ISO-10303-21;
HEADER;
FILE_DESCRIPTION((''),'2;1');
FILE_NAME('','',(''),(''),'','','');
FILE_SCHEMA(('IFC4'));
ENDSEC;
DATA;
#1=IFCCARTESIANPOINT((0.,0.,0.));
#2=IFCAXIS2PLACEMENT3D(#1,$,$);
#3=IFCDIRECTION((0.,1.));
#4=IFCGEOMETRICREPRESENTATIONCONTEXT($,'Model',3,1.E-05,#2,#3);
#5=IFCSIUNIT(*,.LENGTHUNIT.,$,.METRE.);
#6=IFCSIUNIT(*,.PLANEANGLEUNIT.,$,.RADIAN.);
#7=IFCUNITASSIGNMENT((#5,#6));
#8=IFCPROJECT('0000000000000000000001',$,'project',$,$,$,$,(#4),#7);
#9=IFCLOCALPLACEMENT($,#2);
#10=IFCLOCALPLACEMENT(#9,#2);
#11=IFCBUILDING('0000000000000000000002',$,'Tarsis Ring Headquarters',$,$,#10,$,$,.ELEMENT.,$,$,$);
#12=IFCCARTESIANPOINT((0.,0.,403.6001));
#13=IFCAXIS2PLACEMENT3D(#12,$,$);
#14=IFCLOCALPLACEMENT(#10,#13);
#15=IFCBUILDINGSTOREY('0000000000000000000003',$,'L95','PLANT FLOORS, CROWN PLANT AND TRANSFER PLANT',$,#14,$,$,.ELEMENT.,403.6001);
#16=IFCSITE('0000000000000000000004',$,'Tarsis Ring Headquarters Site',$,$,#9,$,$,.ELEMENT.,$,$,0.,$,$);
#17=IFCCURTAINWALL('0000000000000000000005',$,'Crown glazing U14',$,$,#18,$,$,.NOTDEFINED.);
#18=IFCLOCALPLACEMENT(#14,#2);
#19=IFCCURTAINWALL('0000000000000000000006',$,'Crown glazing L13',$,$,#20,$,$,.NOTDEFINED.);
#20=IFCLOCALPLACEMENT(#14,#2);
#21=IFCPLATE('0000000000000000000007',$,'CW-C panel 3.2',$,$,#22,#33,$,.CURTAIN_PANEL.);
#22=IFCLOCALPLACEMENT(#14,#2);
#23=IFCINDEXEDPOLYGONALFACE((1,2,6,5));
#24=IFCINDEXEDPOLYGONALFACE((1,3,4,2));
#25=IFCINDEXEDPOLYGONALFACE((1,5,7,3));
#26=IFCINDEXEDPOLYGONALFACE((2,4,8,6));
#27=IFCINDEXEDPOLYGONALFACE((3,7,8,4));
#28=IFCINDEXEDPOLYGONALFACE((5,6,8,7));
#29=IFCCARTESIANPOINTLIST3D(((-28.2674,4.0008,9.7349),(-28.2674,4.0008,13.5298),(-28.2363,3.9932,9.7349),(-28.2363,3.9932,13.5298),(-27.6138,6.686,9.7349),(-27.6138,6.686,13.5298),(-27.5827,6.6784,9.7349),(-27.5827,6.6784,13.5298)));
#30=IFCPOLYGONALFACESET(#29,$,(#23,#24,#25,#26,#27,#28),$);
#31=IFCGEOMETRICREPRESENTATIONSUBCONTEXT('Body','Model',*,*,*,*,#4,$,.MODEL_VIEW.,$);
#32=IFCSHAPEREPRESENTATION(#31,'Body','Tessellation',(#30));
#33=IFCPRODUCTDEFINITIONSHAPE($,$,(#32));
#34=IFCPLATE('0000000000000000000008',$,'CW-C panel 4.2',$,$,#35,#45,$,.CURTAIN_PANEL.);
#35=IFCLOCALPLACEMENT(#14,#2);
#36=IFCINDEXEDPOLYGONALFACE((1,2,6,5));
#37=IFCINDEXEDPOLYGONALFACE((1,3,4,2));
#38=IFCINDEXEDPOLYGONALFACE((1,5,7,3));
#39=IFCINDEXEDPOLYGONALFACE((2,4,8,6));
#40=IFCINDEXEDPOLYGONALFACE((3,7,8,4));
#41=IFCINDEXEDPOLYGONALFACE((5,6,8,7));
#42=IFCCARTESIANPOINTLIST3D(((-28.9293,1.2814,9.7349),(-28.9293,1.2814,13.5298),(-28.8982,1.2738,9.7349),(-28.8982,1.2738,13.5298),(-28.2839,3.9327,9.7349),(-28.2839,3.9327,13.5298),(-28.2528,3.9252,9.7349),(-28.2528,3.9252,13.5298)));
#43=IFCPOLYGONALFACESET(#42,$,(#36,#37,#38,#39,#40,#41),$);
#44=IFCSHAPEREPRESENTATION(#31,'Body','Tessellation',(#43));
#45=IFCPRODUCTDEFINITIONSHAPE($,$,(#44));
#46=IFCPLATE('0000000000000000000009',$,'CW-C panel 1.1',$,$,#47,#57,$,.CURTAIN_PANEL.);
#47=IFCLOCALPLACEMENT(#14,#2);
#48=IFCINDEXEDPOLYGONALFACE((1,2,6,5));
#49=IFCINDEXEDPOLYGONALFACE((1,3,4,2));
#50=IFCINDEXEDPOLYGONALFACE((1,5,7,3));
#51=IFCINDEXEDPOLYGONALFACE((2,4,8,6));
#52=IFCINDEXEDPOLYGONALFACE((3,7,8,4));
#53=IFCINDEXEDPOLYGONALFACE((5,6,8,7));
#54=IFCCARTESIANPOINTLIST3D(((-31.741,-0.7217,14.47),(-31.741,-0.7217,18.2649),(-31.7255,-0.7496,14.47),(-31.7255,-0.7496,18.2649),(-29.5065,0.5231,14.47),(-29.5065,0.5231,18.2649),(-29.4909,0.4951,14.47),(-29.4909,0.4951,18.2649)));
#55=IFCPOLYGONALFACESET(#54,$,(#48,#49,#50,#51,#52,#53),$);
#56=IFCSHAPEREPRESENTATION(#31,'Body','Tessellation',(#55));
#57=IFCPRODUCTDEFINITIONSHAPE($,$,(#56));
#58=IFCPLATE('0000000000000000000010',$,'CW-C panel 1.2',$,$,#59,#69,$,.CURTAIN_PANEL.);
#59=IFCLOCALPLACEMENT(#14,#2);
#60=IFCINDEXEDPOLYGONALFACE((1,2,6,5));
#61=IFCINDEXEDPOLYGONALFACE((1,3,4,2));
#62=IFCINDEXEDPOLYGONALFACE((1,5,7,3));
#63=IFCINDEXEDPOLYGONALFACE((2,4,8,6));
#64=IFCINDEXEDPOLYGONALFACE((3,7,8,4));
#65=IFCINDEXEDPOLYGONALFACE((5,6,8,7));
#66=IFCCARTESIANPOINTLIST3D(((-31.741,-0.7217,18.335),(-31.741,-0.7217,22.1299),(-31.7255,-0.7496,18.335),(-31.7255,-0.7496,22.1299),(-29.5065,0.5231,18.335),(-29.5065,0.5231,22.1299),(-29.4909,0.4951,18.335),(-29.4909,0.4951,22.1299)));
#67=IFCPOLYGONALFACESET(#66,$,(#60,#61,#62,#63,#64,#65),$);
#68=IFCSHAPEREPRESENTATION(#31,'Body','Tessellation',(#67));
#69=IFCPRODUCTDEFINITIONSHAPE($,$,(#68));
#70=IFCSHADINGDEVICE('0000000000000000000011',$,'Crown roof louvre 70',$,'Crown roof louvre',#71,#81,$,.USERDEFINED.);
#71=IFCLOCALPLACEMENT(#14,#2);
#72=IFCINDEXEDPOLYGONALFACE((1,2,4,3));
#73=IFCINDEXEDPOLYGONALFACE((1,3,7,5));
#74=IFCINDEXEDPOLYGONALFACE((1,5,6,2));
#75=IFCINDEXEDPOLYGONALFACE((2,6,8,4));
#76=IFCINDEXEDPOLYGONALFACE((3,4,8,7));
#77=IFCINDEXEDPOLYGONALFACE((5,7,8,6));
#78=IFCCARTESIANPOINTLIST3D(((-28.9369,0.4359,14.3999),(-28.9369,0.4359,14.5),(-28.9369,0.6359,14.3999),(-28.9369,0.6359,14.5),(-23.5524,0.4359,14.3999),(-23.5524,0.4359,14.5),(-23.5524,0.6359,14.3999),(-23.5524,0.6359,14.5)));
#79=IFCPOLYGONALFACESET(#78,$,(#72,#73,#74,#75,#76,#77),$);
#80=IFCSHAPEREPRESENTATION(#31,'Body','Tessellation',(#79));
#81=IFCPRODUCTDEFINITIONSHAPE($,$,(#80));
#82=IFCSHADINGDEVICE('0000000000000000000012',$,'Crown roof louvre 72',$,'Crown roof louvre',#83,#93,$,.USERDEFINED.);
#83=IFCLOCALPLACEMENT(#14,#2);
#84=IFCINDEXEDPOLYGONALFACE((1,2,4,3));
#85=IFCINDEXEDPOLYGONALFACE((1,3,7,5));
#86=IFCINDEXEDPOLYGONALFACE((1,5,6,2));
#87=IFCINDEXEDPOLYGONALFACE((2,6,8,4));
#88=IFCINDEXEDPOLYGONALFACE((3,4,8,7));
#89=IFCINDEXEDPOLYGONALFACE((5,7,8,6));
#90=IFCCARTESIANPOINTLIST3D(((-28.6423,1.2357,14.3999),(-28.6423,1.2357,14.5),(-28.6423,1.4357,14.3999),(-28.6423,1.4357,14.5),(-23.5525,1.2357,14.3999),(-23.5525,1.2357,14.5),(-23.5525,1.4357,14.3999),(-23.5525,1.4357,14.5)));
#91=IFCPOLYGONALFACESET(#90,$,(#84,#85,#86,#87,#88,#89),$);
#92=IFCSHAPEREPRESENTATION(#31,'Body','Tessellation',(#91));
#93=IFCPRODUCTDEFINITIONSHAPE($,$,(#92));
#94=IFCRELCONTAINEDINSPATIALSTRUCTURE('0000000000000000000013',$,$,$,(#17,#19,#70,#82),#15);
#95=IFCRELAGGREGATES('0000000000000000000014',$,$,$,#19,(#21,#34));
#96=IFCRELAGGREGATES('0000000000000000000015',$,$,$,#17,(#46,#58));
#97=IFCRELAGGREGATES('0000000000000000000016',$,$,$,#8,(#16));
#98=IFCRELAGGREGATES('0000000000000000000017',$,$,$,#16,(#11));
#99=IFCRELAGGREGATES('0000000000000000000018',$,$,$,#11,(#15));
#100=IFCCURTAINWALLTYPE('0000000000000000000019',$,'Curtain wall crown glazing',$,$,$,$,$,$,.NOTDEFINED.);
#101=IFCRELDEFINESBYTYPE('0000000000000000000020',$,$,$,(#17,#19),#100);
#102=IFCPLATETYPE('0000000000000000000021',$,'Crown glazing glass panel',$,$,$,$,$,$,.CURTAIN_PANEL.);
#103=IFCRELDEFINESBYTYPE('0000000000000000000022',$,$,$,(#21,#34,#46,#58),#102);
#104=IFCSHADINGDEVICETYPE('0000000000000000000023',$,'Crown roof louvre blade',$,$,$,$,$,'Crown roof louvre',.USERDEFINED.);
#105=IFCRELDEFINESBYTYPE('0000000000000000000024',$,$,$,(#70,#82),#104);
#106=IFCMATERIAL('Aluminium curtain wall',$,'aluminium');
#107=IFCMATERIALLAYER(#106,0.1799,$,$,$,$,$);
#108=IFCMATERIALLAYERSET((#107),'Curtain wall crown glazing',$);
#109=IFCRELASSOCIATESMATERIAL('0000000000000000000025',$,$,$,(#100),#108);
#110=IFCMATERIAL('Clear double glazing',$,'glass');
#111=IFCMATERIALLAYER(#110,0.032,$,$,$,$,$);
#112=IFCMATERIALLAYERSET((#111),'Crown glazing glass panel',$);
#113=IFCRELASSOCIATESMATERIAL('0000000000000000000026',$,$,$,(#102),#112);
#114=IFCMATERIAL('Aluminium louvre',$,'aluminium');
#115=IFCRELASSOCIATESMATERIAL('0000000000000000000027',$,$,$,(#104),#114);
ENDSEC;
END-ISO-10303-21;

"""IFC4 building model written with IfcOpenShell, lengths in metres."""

from ifc_helpers import new_model, si_unit, direction, frame, origin, origin_2d, place, context, subcontext, project, spatial, rectangle, extrude, material, layer, layer_set, type_object, element, aggregate, save


model = new_model("IFC4")

# Units and contexts
model_context = context("Model", 3, precision=1e-05, world=origin(), true_north=direction((0.0, 1.0)))
body_context = subcontext(model_context, "Body", "Model", "MODEL_VIEW")
ifc_project = project(units=[si_unit("LENGTHUNIT", "METRE"), si_unit("PLANEANGLEUNIT", "RADIAN")], contexts=[model_context])

# Site, building, storey
site_placement = place(None, origin())
site = spatial("IfcSite", under=ifc_project, at=site_placement, Name="Tarsis Ring Headquarters Site", CompositionType="ELEMENT", RefElevation=0.0)
building_placement = place(site_placement, origin())
building = spatial("IfcBuilding", under=site, at=building_placement, Name="Tarsis Ring Headquarters", CompositionType="ELEMENT")
storey_placement = place(building_placement, frame((0.0, 0.0, 403.6001)))
storey = spatial("IfcBuildingStorey", under=building, at=storey_placement, Name="L95", Description="PLANT FLOORS, CROWN PLANT AND TRANSFER PLANT", CompositionType="ELEMENT", Elevation=403.6001)

# Curtain wall
ifc_material_1 = material(Name="Aluminium curtain wall", Category="aluminium")
ifc_layer_1 = layer(ifc_material_1, 0.1799)
ifc_layer_set_1 = layer_set([ifc_layer_1], Name="Curtain wall crown glazing")
curtain_wall_type = type_object("IfcCurtainWallType", Name="Curtain wall crown glazing", PredefinedType="NOTDEFINED", material=ifc_layer_set_1)
curtain_wall_1_placement = place(storey_placement, origin())
curtain_wall_1 = element("IfcCurtainWall", 1, at=curtain_wall_1_placement, inside=storey, type_object=curtain_wall_type, Name="Crown glazing U14", PredefinedType="NOTDEFINED")

# Curtain wall
curtain_wall_2_placement = place(storey_placement, origin())
curtain_wall_2 = element("IfcCurtainWall", 2, at=curtain_wall_2_placement, inside=storey, type_object=curtain_wall_type, Name="Crown glazing L13", PredefinedType="NOTDEFINED")

# Plates
ifc_material_2 = material(Name="Clear double glazing", Category="glass")
ifc_layer_2 = layer(ifc_material_2, 0.032)
ifc_layer_set_2 = layer_set([ifc_layer_2], Name="Crown glazing glass panel")
plate_type = type_object("IfcPlateType", Name="Crown glazing glass panel", PredefinedType="CURTAIN_PANEL", material=ifc_layer_set_2)
plate_1_placement = place(storey_placement, frame((-27.925, 5.3396, 9.7349), z_axis=(0.0, 0.0, 1.0), x_axis=(-0.236521, -0.971626, 0.0)))
plate_1 = element("IfcPlate", 3, at=plate_1_placement, type_object=plate_type, Name="CW-C panel 3.2", PredefinedType="CURTAIN_PANEL", context=body_context, shape_type="SweptSolid", body=[
    extrude(rectangle(XDim=2.7637, YDim=0.032, at=origin_2d()), origin(), (0.0, 0.0, 1.0), 3.7949),
])
plate_2_placement = place(storey_placement, frame((-28.5911, 2.6033, 9.7349), z_axis=(0.0, 0.0, 1.0), x_axis=(-0.236521, -0.971626, 0.0)))
plate_2 = element("IfcPlate", 4, at=plate_2_placement, type_object=plate_type, Name="CW-C panel 4.2", PredefinedType="CURTAIN_PANEL", context=body_context, shape_type="SweptSolid", body=[
    extrude(rectangle(XDim=2.7288, YDim=0.032, at=origin_2d()), origin(), (0.0, 0.0, 1.0), 3.7949),
])
aggregate(curtain_wall_2, [plate_1, plate_2])
plate_3_placement = place(storey_placement, frame((-30.616, -0.1133, 14.47), z_axis=(0.0, 0.0, 1.0), x_axis=(-0.873602, -0.48664, 0.0)))
plate_3 = element("IfcPlate", 5, at=plate_3_placement, type_object=plate_type, Name="CW-C panel 1.1", PredefinedType="CURTAIN_PANEL", context=body_context, shape_type="SweptSolid", body=[
    extrude(rectangle(XDim=2.5579, YDim=0.032, at=origin_2d()), origin(), (0.0, 0.0, 1.0), 3.7949),
])
plate_4_placement = place(storey_placement, frame((-30.616, -0.1133, 18.335), z_axis=(0.0, 0.0, 1.0), x_axis=(-0.873602, -0.48664, 0.0)))
plate_4 = element("IfcPlate", 6, at=plate_4_placement, type_object=plate_type, Name="CW-C panel 1.2", PredefinedType="CURTAIN_PANEL", context=body_context, shape_type="SweptSolid", body=[
    extrude(rectangle(XDim=2.5579, YDim=0.032, at=origin_2d()), origin(), (0.0, 0.0, 1.0), 3.7949),
])
aggregate(curtain_wall_1, [plate_3, plate_4])

# Shading devices
ifc_material_3 = material(Name="Aluminium louvre", Category="aluminium")
shading_device_type = type_object("IfcShadingDeviceType", Name="Crown roof louvre blade", ElementType="Crown roof louvre", PredefinedType="USERDEFINED", material=ifc_material_3)
shading_device_1_placement = place(storey_placement, frame((-26.2446, 0.5359, 14.3999), z_axis=(0.0, 0.0, 1.0), x_axis=(1.0, 0.0, 0.0)))
element("IfcShadingDevice", 7, at=shading_device_1_placement, inside=storey, type_object=shading_device_type, Name="Crown roof louvre 70", ObjectType="Crown roof louvre", PredefinedType="USERDEFINED", context=body_context, shape_type="SweptSolid", body=[
    extrude(rectangle(XDim=5.3845, YDim=0.2, at=origin_2d()), origin(), (0.0, 0.0, 1.0), 0.1001),
])
shading_device_2_placement = place(storey_placement, frame((-26.0974, 1.3357, 14.3999), z_axis=(0.0, 0.0, 1.0), x_axis=(1.0, 0.0, 0.0)))
element("IfcShadingDevice", 8, at=shading_device_2_placement, inside=storey, type_object=shading_device_type, Name="Crown roof louvre 72", ObjectType="Crown roof louvre", PredefinedType="USERDEFINED", context=body_context, shape_type="SweptSolid", body=[
    extrude(rectangle(XDim=5.0898, YDim=0.2, at=origin_2d()), origin(), (0.0, 0.0, 1.0), 0.1001),
])

save(model, "model.ifc")
